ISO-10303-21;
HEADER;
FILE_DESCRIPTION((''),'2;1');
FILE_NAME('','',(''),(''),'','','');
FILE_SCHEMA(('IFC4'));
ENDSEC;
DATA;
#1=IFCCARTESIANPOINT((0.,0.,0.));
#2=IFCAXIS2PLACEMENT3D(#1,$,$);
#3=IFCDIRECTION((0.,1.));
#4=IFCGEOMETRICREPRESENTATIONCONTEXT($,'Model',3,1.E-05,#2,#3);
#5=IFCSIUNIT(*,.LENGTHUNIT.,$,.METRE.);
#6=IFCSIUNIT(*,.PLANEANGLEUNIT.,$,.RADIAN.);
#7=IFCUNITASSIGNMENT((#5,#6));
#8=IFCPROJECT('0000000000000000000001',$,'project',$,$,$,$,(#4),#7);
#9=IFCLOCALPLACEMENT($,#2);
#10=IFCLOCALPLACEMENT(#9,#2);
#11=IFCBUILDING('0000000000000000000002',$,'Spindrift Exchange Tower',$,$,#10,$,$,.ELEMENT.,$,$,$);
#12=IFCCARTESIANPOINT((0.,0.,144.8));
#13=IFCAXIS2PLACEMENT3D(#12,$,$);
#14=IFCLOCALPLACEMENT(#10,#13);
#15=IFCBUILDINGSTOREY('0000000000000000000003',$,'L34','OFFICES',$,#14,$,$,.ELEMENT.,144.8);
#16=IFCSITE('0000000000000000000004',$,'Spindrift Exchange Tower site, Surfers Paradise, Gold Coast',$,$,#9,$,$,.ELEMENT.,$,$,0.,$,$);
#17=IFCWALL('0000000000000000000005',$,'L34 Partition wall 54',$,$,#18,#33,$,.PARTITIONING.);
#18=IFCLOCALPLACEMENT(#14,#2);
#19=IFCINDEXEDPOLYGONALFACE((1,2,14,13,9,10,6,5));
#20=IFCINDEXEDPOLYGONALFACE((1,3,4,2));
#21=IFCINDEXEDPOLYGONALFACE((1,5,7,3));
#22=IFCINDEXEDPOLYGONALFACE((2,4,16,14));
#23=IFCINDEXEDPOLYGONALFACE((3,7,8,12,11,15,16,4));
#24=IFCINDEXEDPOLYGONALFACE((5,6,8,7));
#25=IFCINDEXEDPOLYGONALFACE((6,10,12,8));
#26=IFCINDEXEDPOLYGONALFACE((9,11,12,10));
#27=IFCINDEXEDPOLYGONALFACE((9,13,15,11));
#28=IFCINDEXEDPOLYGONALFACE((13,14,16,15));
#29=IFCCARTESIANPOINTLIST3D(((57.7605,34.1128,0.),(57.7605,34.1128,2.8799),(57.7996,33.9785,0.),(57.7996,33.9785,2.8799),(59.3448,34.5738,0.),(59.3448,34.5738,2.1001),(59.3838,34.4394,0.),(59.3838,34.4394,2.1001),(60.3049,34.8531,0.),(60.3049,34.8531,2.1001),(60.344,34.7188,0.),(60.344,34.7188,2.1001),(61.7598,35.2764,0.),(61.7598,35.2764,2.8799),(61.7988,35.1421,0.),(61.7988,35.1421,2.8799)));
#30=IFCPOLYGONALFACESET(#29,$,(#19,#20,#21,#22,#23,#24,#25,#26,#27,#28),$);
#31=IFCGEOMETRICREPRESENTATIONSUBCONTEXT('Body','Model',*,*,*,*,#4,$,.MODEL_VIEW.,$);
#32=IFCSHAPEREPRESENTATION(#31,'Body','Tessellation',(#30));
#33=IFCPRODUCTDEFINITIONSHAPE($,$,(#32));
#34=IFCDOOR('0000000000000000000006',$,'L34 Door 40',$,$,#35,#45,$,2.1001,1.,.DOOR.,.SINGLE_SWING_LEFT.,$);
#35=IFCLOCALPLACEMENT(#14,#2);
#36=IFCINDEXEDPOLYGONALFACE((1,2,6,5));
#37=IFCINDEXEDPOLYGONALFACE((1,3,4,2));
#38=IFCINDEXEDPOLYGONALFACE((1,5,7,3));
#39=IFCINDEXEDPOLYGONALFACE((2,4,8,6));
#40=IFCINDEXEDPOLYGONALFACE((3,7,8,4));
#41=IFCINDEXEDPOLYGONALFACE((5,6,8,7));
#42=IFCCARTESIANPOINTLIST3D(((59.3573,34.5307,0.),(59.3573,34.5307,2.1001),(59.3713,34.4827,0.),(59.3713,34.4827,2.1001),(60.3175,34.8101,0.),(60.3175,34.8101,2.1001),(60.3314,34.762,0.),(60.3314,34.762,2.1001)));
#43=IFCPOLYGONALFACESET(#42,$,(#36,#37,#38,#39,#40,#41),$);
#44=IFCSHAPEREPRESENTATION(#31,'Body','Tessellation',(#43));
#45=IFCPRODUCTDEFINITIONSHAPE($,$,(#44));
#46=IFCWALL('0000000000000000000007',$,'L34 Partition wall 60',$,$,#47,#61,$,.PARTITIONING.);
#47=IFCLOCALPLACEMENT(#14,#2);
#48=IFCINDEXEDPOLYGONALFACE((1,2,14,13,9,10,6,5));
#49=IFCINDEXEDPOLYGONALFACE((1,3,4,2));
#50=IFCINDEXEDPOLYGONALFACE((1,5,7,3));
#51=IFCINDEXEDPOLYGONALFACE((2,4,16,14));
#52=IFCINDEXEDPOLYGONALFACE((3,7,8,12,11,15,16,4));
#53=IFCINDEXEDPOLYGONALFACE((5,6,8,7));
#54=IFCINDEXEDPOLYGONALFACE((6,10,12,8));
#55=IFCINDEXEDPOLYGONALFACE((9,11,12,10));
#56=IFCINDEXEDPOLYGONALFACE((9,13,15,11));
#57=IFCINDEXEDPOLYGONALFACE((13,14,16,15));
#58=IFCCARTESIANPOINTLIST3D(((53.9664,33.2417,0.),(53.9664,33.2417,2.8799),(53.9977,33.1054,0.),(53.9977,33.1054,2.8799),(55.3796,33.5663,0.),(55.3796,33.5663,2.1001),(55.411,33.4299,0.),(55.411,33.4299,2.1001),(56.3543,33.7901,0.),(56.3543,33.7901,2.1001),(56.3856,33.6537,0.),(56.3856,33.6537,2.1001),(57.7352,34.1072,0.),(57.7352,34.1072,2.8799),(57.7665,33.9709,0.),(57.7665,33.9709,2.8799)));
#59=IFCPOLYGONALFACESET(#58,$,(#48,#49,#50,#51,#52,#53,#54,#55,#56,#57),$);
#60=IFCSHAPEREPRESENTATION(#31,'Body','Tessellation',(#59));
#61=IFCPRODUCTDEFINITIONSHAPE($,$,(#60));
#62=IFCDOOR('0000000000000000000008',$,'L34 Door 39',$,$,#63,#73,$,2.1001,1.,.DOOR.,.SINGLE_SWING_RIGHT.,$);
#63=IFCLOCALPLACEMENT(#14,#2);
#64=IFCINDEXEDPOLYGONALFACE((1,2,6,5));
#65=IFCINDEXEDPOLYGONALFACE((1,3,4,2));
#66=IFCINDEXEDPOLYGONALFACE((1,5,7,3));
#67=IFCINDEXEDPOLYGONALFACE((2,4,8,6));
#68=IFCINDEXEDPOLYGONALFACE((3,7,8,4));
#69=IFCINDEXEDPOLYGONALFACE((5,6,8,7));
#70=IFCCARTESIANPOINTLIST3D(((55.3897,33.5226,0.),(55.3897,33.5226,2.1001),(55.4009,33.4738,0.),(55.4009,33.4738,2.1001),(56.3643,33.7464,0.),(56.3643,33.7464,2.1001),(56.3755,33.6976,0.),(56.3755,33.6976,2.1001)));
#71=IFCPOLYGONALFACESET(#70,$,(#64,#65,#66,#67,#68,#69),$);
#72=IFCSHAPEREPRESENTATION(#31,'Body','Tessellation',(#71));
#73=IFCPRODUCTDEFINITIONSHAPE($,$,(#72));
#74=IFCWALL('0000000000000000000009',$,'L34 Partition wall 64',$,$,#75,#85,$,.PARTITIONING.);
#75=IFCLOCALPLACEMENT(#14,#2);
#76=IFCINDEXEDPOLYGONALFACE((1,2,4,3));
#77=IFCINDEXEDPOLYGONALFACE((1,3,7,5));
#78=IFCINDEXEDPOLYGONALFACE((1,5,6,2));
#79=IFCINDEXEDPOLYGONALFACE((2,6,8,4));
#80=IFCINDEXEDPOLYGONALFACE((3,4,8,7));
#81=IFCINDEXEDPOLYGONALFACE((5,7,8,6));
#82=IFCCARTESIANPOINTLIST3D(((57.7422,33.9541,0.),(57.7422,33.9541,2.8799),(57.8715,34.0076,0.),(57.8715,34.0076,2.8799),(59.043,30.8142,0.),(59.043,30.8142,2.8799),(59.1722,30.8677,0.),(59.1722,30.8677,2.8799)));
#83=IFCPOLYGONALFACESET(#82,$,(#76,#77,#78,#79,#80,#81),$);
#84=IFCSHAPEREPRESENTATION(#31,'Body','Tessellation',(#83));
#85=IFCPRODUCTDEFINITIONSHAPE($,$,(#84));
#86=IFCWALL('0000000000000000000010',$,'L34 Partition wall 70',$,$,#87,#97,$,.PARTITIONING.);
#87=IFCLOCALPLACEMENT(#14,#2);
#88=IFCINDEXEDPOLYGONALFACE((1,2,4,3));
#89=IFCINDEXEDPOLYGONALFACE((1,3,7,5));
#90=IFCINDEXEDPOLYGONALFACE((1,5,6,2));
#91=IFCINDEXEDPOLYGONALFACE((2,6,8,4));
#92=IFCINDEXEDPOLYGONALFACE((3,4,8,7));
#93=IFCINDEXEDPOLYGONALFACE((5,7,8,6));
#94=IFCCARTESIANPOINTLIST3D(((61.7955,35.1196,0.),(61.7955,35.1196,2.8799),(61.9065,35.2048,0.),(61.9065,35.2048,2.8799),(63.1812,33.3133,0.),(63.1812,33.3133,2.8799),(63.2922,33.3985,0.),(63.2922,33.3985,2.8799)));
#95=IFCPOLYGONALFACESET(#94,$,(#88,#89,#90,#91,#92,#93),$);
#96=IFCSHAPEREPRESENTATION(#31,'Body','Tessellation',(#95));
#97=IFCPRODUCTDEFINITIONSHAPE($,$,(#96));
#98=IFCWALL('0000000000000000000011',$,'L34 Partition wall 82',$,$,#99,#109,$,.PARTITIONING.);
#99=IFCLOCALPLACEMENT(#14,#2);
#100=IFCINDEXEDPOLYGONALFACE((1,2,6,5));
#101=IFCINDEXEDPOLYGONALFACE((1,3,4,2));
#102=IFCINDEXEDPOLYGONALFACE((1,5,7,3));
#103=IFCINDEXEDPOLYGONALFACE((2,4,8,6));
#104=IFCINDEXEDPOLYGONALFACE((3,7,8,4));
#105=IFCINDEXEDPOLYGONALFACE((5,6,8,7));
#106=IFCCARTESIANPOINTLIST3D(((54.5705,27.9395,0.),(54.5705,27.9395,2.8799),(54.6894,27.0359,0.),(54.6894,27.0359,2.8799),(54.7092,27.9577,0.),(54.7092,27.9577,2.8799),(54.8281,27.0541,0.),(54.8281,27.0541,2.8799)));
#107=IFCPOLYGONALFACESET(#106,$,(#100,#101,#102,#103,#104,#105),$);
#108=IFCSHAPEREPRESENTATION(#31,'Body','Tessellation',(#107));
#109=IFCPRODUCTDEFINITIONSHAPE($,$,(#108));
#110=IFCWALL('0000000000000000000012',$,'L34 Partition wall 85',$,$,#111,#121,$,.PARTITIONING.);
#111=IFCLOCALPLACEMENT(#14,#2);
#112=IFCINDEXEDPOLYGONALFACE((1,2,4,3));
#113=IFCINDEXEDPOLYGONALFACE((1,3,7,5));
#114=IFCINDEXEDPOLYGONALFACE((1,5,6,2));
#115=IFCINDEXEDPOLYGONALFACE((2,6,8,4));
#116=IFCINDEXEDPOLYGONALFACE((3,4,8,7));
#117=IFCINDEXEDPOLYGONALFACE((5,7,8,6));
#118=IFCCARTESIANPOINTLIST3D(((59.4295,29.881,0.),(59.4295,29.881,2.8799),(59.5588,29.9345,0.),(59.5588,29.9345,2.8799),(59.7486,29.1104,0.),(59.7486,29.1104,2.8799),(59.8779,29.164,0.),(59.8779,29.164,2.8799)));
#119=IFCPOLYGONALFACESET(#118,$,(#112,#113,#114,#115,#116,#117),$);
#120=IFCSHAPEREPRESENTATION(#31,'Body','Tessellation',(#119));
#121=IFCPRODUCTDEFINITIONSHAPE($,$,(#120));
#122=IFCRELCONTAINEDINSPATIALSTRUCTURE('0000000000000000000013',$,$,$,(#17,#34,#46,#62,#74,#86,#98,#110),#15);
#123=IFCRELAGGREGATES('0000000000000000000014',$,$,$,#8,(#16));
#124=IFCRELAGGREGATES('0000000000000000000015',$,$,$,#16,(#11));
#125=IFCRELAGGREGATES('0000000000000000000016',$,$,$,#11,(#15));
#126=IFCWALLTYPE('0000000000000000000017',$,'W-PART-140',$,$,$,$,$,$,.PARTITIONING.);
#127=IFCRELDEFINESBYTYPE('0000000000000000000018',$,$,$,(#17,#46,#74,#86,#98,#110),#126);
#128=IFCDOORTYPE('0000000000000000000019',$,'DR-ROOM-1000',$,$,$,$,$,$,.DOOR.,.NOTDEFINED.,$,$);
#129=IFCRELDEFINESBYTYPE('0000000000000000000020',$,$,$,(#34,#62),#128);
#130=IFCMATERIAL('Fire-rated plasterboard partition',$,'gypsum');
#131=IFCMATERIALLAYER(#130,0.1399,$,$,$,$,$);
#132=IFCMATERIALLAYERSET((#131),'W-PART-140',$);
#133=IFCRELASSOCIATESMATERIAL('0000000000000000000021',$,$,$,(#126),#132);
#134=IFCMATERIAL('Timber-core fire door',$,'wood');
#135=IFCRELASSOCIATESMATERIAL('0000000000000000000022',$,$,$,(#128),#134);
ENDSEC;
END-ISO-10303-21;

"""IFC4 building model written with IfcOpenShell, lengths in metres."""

from ifc_helpers import new_model, si_unit, direction, frame, frame_2d, origin, place, context, subcontext, project, spatial, rectangle, extrude, source, transform, mapped, material, layer, layer_set, type_object, element, fill, save


model = new_model("IFC4")

# Units and contexts
model_context = context("Model", 3, precision=1e-05, world=origin(), true_north=direction((0.0, 1.0)))
body_context = subcontext(model_context, "Body", "Model", "MODEL_VIEW")
ifc_project = project(units=[si_unit("LENGTHUNIT", "METRE"), si_unit("PLANEANGLEUNIT", "RADIAN")], contexts=[model_context])

# Site, building, storey
site_placement = place(None, origin())
site = spatial("IfcSite", under=ifc_project, at=site_placement, Name="Spindrift Exchange Tower site, Surfers Paradise, Gold Coast", CompositionType="ELEMENT", RefElevation=0.0)
building_placement = place(site_placement, origin())
building = spatial("IfcBuilding", under=site, at=building_placement, Name="Spindrift Exchange Tower", CompositionType="ELEMENT")
storey_placement = place(building_placement, frame((0.0, 0.0, 144.8)))
storey = spatial("IfcBuildingStorey", under=building, at=storey_placement, Name="L34", Description="OFFICES", CompositionType="ELEMENT", Elevation=144.8)

# Walls, openings, doors
ifc_material_1 = material(Name="Fire-rated plasterboard partition", Category="gypsum")
ifc_layer_1 = layer(ifc_material_1, 0.1399)
ifc_layer_set_1 = layer_set([ifc_layer_1], Name="W-PART-140")
wall_type = type_object("IfcWallType", Name="W-PART-140", PredefinedType="PARTITIONING", material=ifc_layer_set_1)
wall_1_placement = place(storey_placement, frame((61.7793, 35.2092, 0.0), z_axis=(0.0, 0.0, 1.0), x_axis=(-0.960186, -0.279363, 0.0)))
wall_1 = element("IfcWall", 1, at=wall_1_placement, inside=storey, type_object=wall_type, Name="L34 Partition wall 54", PredefinedType="PARTITIONING", context=body_context, shape_type="SweptSolid", body=[
    extrude(rectangle(XDim=4.165, YDim=0.1399, at=frame_2d((2.0825, 0.0))), origin(), (0.0, 0.0, 1.0), 2.8799),
])
opening_1_placement = place(wall_1_placement, frame((1.5151, 0.0, 0.0)))
opening_1 = element("IfcOpeningElement", 2, at=opening_1_placement, cuts=wall_1, PredefinedType="OPENING", context=body_context, shape_type="SweptSolid", body=[
    extrude(rectangle(XDim=1.0, YDim=2.1001, at=frame_2d((0.5, 1.05))), frame((0.0, 0.0798, 0.0), z_axis=(0.0, -1.0, 0.0), x_axis=(1.0, 0.0, 0.0)), (0.0, 0.0, 1.0), 0.1599),
])
ifc_material_2 = material(Name="Timber-core fire door", Category="wood")
door_type = type_object("IfcDoorType", Name="DR-ROOM-1000", OperationType="NOTDEFINED", PredefinedType="DOOR", material=ifc_material_2)
shared_shape_1 = source(origin(), body_context, "Body", "SweptSolid", [
    extrude(rectangle(XDim=1.0, YDim=2.1001, at=frame_2d((0.5, 1.05))), frame((0.0, 0.0249, 0.0), z_axis=(0.0, -1.0, 0.0), x_axis=(1.0, 0.0, 0.0)), (0.0, 0.0, 1.0), 0.05),
])
door_1_placement = place(opening_1_placement, origin())
door_1 = element("IfcDoor", 3, at=door_1_placement, inside=storey, type_object=door_type, Name="L34 Door 40", OperationType="SINGLE_SWING_LEFT", OverallHeight=2.1001, OverallWidth=1.0, PredefinedType="DOOR", context=body_context, shape_type="MappedRepresentation", body=[
    mapped(shared_shape_1, transform((0.0, 0.0, 0.0), scale=1.0)),
])
fill(opening_1, door_1)
wall_2_placement = place(storey_placement, frame((57.751, 34.0391, 0.0), z_axis=(0.0, 0.0, 1.0), x_axis=(-0.974631, -0.223817, 0.0)))
wall_2 = element("IfcWall", 4, at=wall_2_placement, inside=storey, type_object=wall_type, Name="L34 Partition wall 60", PredefinedType="PARTITIONING", context=body_context, shape_type="SweptSolid", body=[
    extrude(rectangle(XDim=3.8669, YDim=0.1399, at=frame_2d((1.9336, 0.0))), origin(), (0.0, 0.0, 1.0), 2.8799),
])
opening_2_placement = place(wall_2_placement, frame((1.417, 0.0, 0.0)))
opening_2 = element("IfcOpeningElement", 5, at=opening_2_placement, cuts=wall_2, PredefinedType="OPENING", context=body_context, shape_type="SweptSolid", body=[
    extrude(rectangle(XDim=1.0, YDim=2.1001, at=frame_2d((0.5, 1.05))), frame((0.0, 0.0798, 0.0), z_axis=(0.0, -1.0, 0.0), x_axis=(1.0, 0.0, 0.0)), (0.0, 0.0, 1.0), 0.1599),
])
door_2_placement = place(opening_2_placement, origin())
door_2 = element("IfcDoor", 6, at=door_2_placement, inside=storey, type_object=door_type, Name="L34 Door 39", OperationType="SINGLE_SWING_RIGHT", OverallHeight=2.1001, OverallWidth=1.0, PredefinedType="DOOR", context=body_context, shape_type="MappedRepresentation", body=[
    mapped(shared_shape_1, transform((0.0, 0.0, 0.0), scale=1.0)),
])
fill(opening_2, door_2)

# Walls
wall_3_placement = place(storey_placement, frame((57.8069, 33.9807, 0.0), z_axis=(0.0, 0.0, 1.0), x_axis=(0.382732, -0.923859, 0.0)))
element("IfcWall", 7, at=wall_3_placement, inside=storey, type_object=wall_type, Name="L34 Partition wall 64", PredefinedType="PARTITIONING", context=body_context, shape_type="SweptSolid", body=[
    extrude(rectangle(XDim=3.3987, YDim=0.1399, at=frame_2d((1.6992, 0.0))), origin(), (0.0, 0.0, 1.0), 2.8799),
])
wall_4_placement = place(storey_placement, frame((61.8511, 35.1621, 0.0), z_axis=(0.0, 0.0, 1.0), x_axis=(0.608663, -0.793429, 0.0)))
element("IfcWall", 8, at=wall_4_placement, inside=storey, type_object=wall_type, Name="L34 Partition wall 70", PredefinedType="PARTITIONING", context=body_context, shape_type="SweptSolid", body=[
    extrude(rectangle(XDim=2.2766, YDim=0.1399, at=frame_2d((1.1382, 0.0))), origin(), (0.0, 0.0, 1.0), 2.8799),
])
wall_5_placement = place(storey_placement, frame((54.6399, 27.9485, 0.0), z_axis=(0.0, 0.0, 1.0), x_axis=(0.130461, -0.991453, 0.0)))
element("IfcWall", 9, at=wall_5_placement, inside=storey, type_object=wall_type, Name="L34 Partition wall 82", PredefinedType="PARTITIONING", context=body_context, shape_type="SweptSolid", body=[
    extrude(rectangle(XDim=0.9114, YDim=0.1399, at=frame_2d((0.4556, 0.0))), origin(), (0.0, 0.0, 1.0), 2.8799),
])
wall_6_placement = place(storey_placement, frame((59.4941, 29.9077, 0.0), z_axis=(0.0, 0.0, 1.0), x_axis=(0.382619, -0.923906, 0.0)))
element("IfcWall", 10, at=wall_6_placement, inside=storey, type_object=wall_type, Name="L34 Partition wall 85", PredefinedType="PARTITIONING", context=body_context, shape_type="SweptSolid", body=[
    extrude(rectangle(XDim=0.834, YDim=0.1399, at=frame_2d((0.417, 0.0))), origin(), (0.0, 0.0, 1.0), 2.8799),
])

save(model, "model.ifc")
